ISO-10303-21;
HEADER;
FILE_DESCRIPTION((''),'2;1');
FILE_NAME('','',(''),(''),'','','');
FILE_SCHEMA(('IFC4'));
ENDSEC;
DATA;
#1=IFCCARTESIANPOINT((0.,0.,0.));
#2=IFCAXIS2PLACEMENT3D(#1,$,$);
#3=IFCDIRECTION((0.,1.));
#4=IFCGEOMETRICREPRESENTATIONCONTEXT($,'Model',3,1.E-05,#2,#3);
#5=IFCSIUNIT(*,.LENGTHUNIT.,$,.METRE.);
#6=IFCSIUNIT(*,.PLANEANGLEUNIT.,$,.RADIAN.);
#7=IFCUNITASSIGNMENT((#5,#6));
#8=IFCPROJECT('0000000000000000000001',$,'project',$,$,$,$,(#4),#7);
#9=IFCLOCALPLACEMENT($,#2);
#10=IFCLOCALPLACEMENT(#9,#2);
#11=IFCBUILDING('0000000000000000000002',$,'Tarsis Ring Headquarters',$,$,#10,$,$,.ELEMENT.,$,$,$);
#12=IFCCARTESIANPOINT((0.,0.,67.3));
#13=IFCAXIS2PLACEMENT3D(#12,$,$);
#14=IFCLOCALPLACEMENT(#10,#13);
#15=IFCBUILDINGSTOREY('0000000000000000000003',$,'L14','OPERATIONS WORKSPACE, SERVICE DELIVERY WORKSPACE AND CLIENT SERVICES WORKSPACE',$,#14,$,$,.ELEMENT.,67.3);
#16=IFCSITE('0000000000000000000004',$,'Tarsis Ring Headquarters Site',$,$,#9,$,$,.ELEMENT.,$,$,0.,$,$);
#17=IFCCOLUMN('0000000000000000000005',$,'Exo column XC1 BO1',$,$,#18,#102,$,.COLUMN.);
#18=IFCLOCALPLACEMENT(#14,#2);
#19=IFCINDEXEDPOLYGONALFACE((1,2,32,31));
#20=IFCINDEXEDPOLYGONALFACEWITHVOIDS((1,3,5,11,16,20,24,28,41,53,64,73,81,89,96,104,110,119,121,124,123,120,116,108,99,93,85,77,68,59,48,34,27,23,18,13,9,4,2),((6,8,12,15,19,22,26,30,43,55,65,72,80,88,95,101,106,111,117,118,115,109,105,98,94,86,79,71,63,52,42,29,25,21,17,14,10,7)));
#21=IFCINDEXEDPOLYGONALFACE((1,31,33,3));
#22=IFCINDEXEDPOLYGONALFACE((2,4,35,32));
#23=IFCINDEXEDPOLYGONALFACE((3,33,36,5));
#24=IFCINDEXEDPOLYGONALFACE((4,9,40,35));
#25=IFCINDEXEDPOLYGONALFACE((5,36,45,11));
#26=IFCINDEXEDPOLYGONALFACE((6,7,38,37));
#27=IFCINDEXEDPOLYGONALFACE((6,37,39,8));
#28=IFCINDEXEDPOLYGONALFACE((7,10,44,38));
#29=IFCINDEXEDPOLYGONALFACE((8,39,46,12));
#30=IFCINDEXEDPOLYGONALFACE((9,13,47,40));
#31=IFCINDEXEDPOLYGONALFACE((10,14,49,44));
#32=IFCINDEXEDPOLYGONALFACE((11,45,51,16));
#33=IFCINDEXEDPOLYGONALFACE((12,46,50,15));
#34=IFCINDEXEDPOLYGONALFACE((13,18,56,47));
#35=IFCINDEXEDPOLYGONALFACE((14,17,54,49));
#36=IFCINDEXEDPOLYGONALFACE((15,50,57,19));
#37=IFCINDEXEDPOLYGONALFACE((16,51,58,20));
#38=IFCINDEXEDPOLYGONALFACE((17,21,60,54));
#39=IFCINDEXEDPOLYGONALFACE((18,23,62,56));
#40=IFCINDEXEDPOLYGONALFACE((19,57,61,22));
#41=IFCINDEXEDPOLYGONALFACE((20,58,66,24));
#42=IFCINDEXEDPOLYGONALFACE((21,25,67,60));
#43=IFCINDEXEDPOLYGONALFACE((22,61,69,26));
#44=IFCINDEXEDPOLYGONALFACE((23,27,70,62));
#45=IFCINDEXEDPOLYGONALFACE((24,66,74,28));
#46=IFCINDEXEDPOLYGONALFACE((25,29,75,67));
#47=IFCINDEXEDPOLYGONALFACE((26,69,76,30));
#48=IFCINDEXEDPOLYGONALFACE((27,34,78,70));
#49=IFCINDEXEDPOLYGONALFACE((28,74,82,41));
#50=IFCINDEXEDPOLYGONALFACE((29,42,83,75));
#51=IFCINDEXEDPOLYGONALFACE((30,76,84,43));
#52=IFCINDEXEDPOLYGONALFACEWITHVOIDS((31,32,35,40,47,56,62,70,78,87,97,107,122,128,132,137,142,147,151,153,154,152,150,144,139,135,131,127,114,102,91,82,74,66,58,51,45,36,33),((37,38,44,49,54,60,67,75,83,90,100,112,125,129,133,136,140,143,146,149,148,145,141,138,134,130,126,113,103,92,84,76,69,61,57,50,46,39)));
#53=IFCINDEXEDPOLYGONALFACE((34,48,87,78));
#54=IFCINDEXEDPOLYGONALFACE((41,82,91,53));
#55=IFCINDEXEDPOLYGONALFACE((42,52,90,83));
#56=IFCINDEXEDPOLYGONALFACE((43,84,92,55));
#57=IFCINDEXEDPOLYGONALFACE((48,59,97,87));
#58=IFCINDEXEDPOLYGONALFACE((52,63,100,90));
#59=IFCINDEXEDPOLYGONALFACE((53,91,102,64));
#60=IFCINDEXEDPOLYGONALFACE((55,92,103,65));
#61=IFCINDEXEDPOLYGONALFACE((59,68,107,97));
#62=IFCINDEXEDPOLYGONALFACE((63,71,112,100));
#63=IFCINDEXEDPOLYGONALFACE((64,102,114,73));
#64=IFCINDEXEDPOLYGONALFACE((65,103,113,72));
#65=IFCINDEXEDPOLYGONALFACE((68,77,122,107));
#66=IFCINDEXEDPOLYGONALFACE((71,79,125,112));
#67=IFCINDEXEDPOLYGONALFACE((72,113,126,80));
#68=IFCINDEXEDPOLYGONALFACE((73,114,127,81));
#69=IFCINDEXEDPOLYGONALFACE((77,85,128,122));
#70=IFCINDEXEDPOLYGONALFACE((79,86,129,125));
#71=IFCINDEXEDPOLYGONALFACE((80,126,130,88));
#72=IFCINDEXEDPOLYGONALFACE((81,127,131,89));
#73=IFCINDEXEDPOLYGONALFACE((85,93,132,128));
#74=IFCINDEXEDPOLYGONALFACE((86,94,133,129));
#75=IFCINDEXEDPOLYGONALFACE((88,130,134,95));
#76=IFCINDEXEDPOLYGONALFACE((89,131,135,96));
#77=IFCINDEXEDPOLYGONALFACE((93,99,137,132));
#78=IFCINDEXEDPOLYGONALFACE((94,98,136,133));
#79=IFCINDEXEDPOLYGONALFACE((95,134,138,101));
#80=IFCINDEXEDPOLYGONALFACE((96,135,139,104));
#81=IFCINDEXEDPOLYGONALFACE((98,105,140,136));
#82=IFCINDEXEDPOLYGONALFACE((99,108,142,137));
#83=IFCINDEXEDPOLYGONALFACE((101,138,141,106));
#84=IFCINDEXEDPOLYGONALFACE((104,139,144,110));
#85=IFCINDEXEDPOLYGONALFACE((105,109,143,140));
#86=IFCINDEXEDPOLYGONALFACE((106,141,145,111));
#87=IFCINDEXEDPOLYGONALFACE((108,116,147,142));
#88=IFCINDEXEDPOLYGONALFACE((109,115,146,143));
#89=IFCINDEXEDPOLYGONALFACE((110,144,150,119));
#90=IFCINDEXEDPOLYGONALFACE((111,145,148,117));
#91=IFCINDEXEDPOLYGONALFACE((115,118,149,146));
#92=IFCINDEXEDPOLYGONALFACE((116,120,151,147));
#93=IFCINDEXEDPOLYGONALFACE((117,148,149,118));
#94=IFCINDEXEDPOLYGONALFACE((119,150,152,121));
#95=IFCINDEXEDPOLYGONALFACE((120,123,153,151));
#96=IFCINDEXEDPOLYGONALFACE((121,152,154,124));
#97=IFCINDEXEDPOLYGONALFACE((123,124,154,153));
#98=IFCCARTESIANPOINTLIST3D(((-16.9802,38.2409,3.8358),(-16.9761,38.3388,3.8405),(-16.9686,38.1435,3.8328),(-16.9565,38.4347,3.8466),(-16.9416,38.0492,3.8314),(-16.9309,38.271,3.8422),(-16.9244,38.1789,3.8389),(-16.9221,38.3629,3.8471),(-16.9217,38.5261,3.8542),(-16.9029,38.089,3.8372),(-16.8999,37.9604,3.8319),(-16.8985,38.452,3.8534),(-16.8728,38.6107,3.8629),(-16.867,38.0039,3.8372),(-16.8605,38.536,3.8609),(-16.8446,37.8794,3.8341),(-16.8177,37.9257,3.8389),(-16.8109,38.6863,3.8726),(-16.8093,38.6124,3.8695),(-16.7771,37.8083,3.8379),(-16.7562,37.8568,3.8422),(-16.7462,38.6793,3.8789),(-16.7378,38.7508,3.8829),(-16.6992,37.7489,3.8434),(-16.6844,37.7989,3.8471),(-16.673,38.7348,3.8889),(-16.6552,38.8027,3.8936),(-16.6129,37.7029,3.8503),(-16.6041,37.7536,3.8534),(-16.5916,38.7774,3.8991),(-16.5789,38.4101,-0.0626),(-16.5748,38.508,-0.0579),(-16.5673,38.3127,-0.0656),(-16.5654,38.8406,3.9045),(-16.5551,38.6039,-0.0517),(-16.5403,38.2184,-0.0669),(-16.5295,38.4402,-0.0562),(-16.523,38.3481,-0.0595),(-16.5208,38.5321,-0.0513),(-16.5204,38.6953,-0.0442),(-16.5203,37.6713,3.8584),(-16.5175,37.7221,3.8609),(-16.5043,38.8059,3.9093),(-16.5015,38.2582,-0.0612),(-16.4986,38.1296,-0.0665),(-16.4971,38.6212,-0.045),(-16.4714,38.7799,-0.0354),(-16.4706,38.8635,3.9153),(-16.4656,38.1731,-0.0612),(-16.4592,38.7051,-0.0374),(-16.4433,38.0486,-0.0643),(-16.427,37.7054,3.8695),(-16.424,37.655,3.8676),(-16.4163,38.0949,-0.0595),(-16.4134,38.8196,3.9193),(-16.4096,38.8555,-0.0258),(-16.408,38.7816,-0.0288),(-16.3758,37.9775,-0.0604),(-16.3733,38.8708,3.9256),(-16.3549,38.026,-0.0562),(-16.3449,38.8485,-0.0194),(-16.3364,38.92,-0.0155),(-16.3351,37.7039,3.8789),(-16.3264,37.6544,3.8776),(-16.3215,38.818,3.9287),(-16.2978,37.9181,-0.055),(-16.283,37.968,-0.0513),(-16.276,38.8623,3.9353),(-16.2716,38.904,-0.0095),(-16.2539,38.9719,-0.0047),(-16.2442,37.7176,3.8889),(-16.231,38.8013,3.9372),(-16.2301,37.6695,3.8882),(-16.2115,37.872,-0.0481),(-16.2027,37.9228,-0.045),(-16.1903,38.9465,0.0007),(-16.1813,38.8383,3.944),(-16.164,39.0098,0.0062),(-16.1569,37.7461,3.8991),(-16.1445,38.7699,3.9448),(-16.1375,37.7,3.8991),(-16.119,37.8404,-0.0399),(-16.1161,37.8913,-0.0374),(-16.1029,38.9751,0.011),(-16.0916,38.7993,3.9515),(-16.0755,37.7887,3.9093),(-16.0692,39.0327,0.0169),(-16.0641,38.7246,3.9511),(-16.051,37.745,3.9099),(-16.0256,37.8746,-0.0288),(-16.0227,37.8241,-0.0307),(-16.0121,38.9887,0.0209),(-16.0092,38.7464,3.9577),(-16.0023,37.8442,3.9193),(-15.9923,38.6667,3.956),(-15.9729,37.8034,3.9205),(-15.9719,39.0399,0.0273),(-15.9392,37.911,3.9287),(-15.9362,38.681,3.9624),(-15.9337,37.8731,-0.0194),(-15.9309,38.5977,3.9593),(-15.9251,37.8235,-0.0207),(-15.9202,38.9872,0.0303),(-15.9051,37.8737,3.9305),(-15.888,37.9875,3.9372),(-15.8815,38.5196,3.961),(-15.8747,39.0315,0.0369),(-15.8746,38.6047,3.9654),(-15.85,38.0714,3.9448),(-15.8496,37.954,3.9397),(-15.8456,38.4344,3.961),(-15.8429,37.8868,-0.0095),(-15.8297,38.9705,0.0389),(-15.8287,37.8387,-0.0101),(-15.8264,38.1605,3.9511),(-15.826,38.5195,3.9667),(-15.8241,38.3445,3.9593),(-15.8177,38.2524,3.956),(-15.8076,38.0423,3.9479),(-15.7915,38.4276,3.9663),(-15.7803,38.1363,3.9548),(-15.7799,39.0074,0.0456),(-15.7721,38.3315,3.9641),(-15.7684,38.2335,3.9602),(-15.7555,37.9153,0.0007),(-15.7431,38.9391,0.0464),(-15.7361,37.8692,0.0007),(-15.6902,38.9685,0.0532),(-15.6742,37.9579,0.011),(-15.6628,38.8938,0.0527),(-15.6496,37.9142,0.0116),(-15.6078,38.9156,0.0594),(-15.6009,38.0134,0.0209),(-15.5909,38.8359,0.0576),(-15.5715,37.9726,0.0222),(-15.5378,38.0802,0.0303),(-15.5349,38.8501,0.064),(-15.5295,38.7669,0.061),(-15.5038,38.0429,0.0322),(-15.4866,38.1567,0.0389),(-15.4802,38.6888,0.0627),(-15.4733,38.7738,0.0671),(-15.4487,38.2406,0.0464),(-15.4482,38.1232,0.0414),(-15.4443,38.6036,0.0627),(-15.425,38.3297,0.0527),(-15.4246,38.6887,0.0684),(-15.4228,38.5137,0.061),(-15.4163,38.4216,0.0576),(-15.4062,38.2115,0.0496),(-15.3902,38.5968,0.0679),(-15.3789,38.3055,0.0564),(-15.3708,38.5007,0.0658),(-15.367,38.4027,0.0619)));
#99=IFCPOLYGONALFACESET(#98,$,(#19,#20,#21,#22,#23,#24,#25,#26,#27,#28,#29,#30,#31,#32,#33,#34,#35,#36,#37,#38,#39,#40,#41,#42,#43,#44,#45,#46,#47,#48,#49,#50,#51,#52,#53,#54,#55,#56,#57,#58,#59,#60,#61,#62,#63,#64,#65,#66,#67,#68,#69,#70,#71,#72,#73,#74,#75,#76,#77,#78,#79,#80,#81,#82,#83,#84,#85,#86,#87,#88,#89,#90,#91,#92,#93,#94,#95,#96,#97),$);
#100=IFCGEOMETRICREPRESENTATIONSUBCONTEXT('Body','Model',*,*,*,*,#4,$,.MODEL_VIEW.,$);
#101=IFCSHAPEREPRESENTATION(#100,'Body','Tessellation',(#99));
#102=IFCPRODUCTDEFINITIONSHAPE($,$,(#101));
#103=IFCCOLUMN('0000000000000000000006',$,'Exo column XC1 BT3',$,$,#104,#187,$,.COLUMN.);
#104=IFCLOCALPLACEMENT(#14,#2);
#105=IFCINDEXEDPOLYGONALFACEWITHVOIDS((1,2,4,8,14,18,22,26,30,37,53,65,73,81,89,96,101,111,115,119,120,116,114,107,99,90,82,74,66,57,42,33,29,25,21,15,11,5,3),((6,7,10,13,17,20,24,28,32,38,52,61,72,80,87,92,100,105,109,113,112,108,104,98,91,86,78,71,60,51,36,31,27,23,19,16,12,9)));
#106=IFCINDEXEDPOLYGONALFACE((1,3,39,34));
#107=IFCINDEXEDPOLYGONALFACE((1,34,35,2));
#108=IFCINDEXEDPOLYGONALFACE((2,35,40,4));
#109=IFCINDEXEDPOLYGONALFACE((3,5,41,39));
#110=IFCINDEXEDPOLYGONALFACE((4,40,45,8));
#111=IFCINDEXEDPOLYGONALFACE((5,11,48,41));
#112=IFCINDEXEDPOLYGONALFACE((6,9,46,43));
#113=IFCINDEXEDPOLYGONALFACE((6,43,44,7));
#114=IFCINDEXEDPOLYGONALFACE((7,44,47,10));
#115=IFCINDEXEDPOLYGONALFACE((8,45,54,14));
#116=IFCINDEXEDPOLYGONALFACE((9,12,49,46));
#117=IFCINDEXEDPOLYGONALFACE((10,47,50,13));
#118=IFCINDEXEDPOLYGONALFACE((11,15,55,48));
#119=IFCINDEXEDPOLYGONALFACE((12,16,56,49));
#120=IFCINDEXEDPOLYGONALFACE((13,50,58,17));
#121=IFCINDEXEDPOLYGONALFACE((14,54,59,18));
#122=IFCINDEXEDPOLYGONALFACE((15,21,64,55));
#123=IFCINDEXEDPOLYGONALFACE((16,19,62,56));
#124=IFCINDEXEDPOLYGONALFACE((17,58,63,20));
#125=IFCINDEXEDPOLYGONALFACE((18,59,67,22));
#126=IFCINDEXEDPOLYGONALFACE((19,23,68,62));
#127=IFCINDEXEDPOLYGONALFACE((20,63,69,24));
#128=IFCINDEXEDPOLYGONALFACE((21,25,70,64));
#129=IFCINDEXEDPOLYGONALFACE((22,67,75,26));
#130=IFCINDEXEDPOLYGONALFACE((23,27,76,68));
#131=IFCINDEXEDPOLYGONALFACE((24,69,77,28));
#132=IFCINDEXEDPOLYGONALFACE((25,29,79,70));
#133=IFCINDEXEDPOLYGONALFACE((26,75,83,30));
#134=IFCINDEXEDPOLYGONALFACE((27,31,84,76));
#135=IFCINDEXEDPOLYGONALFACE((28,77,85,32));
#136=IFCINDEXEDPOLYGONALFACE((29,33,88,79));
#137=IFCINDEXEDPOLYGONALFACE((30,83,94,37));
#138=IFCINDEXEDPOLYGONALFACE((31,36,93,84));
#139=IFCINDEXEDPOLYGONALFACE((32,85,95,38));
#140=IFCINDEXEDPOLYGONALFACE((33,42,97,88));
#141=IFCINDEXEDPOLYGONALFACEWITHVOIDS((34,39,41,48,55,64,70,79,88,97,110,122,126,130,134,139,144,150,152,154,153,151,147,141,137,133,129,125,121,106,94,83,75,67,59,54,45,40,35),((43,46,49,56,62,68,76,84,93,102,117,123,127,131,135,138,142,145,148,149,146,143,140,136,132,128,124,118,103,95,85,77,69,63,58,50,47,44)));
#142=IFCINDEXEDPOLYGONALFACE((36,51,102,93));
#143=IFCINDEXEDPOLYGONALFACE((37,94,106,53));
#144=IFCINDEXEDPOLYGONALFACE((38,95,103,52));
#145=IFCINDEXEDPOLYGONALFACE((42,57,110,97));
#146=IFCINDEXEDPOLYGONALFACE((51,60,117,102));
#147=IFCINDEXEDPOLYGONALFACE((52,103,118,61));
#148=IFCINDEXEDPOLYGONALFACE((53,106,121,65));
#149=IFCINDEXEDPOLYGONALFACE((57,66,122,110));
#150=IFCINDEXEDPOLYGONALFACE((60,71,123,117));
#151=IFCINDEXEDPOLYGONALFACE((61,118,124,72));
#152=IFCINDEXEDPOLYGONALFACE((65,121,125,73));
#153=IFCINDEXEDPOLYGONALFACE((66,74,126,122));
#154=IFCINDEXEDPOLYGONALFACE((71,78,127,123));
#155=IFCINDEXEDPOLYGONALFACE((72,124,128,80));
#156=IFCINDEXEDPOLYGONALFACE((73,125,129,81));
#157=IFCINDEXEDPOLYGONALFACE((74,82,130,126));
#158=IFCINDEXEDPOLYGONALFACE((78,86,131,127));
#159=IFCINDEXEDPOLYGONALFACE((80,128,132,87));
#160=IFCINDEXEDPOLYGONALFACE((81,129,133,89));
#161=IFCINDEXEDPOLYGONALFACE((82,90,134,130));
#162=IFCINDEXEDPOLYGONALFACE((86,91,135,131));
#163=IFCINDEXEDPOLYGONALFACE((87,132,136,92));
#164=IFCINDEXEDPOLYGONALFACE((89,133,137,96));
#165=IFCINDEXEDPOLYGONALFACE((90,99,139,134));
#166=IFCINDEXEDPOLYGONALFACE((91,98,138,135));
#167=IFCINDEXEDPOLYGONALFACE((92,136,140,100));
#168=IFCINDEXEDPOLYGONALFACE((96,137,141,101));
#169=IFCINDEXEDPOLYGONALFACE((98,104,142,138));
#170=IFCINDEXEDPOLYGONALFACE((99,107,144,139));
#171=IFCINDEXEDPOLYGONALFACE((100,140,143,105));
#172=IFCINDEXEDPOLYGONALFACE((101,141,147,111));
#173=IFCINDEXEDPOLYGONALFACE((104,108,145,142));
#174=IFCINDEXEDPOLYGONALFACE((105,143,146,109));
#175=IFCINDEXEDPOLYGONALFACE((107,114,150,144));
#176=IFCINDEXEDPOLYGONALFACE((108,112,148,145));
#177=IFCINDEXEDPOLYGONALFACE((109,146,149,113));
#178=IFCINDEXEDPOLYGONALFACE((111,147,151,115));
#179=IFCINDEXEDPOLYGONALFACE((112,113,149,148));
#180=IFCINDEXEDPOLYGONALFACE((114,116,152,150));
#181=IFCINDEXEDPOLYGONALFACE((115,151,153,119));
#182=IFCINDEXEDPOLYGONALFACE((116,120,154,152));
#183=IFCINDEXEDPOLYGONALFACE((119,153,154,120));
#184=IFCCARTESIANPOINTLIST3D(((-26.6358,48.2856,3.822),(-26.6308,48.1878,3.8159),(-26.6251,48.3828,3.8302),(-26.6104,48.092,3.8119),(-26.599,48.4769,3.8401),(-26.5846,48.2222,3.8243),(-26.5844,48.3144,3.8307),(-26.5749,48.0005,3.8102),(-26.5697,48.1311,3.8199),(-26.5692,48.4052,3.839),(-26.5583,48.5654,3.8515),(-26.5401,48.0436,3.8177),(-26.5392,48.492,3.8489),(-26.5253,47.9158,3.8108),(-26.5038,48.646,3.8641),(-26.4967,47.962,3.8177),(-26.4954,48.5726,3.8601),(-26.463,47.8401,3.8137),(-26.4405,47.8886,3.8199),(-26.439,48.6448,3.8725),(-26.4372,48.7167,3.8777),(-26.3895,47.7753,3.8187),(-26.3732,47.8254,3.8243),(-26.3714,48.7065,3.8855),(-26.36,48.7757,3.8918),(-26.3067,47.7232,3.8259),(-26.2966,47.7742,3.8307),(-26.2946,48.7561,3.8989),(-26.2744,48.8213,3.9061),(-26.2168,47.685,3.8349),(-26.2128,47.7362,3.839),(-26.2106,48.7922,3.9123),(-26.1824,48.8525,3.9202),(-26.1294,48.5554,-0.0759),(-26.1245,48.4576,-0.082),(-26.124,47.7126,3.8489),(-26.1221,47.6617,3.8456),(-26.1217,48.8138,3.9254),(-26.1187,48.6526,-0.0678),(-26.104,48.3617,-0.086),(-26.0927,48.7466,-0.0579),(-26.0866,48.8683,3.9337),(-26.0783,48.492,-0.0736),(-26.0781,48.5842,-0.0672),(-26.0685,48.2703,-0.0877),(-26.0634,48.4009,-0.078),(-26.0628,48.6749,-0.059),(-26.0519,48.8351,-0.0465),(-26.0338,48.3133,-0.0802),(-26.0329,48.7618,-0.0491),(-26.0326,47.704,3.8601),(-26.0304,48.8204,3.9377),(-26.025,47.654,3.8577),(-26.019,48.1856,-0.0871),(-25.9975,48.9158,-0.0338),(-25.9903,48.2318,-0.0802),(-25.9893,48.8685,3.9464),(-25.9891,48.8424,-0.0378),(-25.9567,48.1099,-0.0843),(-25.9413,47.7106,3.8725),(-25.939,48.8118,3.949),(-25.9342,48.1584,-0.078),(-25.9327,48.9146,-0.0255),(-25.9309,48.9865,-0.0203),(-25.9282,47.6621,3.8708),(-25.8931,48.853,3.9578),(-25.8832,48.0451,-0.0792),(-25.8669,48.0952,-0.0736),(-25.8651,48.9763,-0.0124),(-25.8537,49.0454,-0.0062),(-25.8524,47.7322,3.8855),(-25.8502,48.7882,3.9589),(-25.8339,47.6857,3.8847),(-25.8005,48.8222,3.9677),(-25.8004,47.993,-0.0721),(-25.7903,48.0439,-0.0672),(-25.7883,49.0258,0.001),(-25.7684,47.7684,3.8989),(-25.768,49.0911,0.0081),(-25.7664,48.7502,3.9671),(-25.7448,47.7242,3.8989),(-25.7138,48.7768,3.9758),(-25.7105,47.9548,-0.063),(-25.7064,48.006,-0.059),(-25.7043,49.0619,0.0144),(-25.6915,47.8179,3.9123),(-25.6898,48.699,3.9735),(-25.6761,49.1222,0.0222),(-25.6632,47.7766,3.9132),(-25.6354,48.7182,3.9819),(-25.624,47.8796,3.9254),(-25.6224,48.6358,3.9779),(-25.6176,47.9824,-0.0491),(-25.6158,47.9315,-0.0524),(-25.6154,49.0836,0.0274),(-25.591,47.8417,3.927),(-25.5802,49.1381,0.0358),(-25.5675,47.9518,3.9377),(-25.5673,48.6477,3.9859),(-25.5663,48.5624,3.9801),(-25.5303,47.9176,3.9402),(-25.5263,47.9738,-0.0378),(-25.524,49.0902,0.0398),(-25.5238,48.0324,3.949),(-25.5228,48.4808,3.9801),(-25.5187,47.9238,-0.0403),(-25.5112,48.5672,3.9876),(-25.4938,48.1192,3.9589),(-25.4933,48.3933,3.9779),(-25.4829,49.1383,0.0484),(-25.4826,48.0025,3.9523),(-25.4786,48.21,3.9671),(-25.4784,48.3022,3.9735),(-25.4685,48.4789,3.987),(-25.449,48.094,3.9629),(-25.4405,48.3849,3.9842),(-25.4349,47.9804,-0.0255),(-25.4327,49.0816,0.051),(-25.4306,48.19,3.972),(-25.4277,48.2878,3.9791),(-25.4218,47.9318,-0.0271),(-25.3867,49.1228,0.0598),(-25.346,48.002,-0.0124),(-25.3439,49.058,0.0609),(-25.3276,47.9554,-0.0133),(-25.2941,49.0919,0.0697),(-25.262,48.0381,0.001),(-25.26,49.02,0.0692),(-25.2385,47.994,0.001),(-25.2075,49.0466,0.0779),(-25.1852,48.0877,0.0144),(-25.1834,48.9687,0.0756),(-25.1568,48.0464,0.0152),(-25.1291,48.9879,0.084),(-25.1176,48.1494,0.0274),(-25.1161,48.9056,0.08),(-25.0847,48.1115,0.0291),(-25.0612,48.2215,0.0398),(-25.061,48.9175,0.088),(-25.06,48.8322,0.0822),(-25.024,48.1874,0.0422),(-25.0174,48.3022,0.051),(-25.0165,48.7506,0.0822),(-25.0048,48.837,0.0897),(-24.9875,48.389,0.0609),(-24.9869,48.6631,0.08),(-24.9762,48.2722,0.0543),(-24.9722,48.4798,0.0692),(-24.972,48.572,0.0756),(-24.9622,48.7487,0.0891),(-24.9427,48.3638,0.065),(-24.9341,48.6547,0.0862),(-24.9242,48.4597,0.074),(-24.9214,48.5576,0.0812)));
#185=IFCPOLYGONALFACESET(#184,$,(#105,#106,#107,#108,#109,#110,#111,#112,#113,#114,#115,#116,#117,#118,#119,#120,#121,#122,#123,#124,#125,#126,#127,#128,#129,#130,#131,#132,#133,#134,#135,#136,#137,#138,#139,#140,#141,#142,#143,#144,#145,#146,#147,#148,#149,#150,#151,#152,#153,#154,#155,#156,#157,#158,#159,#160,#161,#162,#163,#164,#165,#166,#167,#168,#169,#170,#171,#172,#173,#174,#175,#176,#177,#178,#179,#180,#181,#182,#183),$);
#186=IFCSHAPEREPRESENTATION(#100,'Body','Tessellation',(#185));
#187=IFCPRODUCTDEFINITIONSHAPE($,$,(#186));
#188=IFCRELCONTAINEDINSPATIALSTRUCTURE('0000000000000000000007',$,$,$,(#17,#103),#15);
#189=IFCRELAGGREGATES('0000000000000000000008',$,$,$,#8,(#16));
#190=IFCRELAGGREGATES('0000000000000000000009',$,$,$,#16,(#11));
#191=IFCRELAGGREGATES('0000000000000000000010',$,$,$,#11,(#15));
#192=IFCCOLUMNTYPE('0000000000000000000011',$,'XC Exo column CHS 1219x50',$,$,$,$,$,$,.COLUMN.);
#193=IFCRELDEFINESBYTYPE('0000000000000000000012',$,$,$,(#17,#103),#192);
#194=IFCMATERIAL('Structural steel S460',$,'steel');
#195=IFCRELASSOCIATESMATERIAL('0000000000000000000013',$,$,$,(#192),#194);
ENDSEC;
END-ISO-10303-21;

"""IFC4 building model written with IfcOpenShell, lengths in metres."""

from ifc_helpers import new_model, si_unit, direction, frame, origin, origin_2d, place, context, subcontext, project, spatial, hollow_circle, extrude, material, material_profile, profile_set, type_object, element, save


model = new_model("IFC4")

# Units and contexts
model_context = context("Model", 3, precision=1e-05, world=origin(), true_north=direction((0.0, 1.0)))
body_context = subcontext(model_context, "Body", "Model", "MODEL_VIEW")
ifc_project = project(units=[si_unit("LENGTHUNIT", "METRE"), si_unit("PLANEANGLEUNIT", "RADIAN")], contexts=[model_context])

# Site, building, storey
site_placement = place(None, origin())
site = spatial("IfcSite", under=ifc_project, at=site_placement, Name="Tarsis Ring Headquarters Site", CompositionType="ELEMENT", RefElevation=0.0)
building_placement = place(site_placement, origin())
building = spatial("IfcBuilding", under=site, at=building_placement, Name="Tarsis Ring Headquarters", CompositionType="ELEMENT")
storey_placement = place(building_placement, frame((0.0, 0.0, 67.3)))
storey = spatial("IfcBuildingStorey", under=building, at=storey_placement, Name="L14", Description="OPERATIONS WORKSPACE, SERVICE DELIVERY WORKSPACE AND CLIENT SERVICES WORKSPACE", CompositionType="ELEMENT", Elevation=67.3)

# Columns
ifc_material_1 = material(Name="Structural steel S460", Category="steel")
ifc_material_profile_1 = material_profile(ifc_material_1, hollow_circle(Radius=0.6096, WallThickness=0.05, at=origin_2d()), Name="CHS 1219x50")
ifc_profile_set_1 = profile_set([ifc_material_profile_1], Name="Structural steel S460")
column_type = type_object("IfcColumnType", Name="XC Exo column CHS 1219x50", PredefinedType="COLUMN", material=ifc_profile_set_1)
column_1_placement = place(storey_placement, frame((-15.9729, 38.4309, 0.0007), z_axis=(-0.102319, -0.043131, 0.993816), x_axis=(0.388433, -0.921477, 0.0)))
element("IfcColumn", 1, at=column_1_placement, inside=storey, type_object=column_type, Name="Exo column XC1 BO1", PredefinedType="COLUMN", context=body_context, shape_type="SweptSolid", body=[
    extrude(hollow_circle(Radius=0.6096, WallThickness=0.05, at=origin_2d()), origin(), (0.0, 0.0, 1.0), 3.9226),
])
column_2_placement = place(storey_placement, frame((-25.5251, 48.532, 0.001), z_axis=(-0.128516, -0.068472, 0.989341), x_axis=(0.470213, -0.882553, 0.0)))
element("IfcColumn", 2, at=column_2_placement, inside=storey, type_object=column_type, Name="Exo column XC1 BT3", PredefinedType="COLUMN", context=body_context, shape_type="SweptSolid", body=[
    extrude(hollow_circle(Radius=0.6096, WallThickness=0.05, at=origin_2d()), origin(), (0.0, 0.0, 1.0), 3.9399),
])

save(model, "model.ifc")
